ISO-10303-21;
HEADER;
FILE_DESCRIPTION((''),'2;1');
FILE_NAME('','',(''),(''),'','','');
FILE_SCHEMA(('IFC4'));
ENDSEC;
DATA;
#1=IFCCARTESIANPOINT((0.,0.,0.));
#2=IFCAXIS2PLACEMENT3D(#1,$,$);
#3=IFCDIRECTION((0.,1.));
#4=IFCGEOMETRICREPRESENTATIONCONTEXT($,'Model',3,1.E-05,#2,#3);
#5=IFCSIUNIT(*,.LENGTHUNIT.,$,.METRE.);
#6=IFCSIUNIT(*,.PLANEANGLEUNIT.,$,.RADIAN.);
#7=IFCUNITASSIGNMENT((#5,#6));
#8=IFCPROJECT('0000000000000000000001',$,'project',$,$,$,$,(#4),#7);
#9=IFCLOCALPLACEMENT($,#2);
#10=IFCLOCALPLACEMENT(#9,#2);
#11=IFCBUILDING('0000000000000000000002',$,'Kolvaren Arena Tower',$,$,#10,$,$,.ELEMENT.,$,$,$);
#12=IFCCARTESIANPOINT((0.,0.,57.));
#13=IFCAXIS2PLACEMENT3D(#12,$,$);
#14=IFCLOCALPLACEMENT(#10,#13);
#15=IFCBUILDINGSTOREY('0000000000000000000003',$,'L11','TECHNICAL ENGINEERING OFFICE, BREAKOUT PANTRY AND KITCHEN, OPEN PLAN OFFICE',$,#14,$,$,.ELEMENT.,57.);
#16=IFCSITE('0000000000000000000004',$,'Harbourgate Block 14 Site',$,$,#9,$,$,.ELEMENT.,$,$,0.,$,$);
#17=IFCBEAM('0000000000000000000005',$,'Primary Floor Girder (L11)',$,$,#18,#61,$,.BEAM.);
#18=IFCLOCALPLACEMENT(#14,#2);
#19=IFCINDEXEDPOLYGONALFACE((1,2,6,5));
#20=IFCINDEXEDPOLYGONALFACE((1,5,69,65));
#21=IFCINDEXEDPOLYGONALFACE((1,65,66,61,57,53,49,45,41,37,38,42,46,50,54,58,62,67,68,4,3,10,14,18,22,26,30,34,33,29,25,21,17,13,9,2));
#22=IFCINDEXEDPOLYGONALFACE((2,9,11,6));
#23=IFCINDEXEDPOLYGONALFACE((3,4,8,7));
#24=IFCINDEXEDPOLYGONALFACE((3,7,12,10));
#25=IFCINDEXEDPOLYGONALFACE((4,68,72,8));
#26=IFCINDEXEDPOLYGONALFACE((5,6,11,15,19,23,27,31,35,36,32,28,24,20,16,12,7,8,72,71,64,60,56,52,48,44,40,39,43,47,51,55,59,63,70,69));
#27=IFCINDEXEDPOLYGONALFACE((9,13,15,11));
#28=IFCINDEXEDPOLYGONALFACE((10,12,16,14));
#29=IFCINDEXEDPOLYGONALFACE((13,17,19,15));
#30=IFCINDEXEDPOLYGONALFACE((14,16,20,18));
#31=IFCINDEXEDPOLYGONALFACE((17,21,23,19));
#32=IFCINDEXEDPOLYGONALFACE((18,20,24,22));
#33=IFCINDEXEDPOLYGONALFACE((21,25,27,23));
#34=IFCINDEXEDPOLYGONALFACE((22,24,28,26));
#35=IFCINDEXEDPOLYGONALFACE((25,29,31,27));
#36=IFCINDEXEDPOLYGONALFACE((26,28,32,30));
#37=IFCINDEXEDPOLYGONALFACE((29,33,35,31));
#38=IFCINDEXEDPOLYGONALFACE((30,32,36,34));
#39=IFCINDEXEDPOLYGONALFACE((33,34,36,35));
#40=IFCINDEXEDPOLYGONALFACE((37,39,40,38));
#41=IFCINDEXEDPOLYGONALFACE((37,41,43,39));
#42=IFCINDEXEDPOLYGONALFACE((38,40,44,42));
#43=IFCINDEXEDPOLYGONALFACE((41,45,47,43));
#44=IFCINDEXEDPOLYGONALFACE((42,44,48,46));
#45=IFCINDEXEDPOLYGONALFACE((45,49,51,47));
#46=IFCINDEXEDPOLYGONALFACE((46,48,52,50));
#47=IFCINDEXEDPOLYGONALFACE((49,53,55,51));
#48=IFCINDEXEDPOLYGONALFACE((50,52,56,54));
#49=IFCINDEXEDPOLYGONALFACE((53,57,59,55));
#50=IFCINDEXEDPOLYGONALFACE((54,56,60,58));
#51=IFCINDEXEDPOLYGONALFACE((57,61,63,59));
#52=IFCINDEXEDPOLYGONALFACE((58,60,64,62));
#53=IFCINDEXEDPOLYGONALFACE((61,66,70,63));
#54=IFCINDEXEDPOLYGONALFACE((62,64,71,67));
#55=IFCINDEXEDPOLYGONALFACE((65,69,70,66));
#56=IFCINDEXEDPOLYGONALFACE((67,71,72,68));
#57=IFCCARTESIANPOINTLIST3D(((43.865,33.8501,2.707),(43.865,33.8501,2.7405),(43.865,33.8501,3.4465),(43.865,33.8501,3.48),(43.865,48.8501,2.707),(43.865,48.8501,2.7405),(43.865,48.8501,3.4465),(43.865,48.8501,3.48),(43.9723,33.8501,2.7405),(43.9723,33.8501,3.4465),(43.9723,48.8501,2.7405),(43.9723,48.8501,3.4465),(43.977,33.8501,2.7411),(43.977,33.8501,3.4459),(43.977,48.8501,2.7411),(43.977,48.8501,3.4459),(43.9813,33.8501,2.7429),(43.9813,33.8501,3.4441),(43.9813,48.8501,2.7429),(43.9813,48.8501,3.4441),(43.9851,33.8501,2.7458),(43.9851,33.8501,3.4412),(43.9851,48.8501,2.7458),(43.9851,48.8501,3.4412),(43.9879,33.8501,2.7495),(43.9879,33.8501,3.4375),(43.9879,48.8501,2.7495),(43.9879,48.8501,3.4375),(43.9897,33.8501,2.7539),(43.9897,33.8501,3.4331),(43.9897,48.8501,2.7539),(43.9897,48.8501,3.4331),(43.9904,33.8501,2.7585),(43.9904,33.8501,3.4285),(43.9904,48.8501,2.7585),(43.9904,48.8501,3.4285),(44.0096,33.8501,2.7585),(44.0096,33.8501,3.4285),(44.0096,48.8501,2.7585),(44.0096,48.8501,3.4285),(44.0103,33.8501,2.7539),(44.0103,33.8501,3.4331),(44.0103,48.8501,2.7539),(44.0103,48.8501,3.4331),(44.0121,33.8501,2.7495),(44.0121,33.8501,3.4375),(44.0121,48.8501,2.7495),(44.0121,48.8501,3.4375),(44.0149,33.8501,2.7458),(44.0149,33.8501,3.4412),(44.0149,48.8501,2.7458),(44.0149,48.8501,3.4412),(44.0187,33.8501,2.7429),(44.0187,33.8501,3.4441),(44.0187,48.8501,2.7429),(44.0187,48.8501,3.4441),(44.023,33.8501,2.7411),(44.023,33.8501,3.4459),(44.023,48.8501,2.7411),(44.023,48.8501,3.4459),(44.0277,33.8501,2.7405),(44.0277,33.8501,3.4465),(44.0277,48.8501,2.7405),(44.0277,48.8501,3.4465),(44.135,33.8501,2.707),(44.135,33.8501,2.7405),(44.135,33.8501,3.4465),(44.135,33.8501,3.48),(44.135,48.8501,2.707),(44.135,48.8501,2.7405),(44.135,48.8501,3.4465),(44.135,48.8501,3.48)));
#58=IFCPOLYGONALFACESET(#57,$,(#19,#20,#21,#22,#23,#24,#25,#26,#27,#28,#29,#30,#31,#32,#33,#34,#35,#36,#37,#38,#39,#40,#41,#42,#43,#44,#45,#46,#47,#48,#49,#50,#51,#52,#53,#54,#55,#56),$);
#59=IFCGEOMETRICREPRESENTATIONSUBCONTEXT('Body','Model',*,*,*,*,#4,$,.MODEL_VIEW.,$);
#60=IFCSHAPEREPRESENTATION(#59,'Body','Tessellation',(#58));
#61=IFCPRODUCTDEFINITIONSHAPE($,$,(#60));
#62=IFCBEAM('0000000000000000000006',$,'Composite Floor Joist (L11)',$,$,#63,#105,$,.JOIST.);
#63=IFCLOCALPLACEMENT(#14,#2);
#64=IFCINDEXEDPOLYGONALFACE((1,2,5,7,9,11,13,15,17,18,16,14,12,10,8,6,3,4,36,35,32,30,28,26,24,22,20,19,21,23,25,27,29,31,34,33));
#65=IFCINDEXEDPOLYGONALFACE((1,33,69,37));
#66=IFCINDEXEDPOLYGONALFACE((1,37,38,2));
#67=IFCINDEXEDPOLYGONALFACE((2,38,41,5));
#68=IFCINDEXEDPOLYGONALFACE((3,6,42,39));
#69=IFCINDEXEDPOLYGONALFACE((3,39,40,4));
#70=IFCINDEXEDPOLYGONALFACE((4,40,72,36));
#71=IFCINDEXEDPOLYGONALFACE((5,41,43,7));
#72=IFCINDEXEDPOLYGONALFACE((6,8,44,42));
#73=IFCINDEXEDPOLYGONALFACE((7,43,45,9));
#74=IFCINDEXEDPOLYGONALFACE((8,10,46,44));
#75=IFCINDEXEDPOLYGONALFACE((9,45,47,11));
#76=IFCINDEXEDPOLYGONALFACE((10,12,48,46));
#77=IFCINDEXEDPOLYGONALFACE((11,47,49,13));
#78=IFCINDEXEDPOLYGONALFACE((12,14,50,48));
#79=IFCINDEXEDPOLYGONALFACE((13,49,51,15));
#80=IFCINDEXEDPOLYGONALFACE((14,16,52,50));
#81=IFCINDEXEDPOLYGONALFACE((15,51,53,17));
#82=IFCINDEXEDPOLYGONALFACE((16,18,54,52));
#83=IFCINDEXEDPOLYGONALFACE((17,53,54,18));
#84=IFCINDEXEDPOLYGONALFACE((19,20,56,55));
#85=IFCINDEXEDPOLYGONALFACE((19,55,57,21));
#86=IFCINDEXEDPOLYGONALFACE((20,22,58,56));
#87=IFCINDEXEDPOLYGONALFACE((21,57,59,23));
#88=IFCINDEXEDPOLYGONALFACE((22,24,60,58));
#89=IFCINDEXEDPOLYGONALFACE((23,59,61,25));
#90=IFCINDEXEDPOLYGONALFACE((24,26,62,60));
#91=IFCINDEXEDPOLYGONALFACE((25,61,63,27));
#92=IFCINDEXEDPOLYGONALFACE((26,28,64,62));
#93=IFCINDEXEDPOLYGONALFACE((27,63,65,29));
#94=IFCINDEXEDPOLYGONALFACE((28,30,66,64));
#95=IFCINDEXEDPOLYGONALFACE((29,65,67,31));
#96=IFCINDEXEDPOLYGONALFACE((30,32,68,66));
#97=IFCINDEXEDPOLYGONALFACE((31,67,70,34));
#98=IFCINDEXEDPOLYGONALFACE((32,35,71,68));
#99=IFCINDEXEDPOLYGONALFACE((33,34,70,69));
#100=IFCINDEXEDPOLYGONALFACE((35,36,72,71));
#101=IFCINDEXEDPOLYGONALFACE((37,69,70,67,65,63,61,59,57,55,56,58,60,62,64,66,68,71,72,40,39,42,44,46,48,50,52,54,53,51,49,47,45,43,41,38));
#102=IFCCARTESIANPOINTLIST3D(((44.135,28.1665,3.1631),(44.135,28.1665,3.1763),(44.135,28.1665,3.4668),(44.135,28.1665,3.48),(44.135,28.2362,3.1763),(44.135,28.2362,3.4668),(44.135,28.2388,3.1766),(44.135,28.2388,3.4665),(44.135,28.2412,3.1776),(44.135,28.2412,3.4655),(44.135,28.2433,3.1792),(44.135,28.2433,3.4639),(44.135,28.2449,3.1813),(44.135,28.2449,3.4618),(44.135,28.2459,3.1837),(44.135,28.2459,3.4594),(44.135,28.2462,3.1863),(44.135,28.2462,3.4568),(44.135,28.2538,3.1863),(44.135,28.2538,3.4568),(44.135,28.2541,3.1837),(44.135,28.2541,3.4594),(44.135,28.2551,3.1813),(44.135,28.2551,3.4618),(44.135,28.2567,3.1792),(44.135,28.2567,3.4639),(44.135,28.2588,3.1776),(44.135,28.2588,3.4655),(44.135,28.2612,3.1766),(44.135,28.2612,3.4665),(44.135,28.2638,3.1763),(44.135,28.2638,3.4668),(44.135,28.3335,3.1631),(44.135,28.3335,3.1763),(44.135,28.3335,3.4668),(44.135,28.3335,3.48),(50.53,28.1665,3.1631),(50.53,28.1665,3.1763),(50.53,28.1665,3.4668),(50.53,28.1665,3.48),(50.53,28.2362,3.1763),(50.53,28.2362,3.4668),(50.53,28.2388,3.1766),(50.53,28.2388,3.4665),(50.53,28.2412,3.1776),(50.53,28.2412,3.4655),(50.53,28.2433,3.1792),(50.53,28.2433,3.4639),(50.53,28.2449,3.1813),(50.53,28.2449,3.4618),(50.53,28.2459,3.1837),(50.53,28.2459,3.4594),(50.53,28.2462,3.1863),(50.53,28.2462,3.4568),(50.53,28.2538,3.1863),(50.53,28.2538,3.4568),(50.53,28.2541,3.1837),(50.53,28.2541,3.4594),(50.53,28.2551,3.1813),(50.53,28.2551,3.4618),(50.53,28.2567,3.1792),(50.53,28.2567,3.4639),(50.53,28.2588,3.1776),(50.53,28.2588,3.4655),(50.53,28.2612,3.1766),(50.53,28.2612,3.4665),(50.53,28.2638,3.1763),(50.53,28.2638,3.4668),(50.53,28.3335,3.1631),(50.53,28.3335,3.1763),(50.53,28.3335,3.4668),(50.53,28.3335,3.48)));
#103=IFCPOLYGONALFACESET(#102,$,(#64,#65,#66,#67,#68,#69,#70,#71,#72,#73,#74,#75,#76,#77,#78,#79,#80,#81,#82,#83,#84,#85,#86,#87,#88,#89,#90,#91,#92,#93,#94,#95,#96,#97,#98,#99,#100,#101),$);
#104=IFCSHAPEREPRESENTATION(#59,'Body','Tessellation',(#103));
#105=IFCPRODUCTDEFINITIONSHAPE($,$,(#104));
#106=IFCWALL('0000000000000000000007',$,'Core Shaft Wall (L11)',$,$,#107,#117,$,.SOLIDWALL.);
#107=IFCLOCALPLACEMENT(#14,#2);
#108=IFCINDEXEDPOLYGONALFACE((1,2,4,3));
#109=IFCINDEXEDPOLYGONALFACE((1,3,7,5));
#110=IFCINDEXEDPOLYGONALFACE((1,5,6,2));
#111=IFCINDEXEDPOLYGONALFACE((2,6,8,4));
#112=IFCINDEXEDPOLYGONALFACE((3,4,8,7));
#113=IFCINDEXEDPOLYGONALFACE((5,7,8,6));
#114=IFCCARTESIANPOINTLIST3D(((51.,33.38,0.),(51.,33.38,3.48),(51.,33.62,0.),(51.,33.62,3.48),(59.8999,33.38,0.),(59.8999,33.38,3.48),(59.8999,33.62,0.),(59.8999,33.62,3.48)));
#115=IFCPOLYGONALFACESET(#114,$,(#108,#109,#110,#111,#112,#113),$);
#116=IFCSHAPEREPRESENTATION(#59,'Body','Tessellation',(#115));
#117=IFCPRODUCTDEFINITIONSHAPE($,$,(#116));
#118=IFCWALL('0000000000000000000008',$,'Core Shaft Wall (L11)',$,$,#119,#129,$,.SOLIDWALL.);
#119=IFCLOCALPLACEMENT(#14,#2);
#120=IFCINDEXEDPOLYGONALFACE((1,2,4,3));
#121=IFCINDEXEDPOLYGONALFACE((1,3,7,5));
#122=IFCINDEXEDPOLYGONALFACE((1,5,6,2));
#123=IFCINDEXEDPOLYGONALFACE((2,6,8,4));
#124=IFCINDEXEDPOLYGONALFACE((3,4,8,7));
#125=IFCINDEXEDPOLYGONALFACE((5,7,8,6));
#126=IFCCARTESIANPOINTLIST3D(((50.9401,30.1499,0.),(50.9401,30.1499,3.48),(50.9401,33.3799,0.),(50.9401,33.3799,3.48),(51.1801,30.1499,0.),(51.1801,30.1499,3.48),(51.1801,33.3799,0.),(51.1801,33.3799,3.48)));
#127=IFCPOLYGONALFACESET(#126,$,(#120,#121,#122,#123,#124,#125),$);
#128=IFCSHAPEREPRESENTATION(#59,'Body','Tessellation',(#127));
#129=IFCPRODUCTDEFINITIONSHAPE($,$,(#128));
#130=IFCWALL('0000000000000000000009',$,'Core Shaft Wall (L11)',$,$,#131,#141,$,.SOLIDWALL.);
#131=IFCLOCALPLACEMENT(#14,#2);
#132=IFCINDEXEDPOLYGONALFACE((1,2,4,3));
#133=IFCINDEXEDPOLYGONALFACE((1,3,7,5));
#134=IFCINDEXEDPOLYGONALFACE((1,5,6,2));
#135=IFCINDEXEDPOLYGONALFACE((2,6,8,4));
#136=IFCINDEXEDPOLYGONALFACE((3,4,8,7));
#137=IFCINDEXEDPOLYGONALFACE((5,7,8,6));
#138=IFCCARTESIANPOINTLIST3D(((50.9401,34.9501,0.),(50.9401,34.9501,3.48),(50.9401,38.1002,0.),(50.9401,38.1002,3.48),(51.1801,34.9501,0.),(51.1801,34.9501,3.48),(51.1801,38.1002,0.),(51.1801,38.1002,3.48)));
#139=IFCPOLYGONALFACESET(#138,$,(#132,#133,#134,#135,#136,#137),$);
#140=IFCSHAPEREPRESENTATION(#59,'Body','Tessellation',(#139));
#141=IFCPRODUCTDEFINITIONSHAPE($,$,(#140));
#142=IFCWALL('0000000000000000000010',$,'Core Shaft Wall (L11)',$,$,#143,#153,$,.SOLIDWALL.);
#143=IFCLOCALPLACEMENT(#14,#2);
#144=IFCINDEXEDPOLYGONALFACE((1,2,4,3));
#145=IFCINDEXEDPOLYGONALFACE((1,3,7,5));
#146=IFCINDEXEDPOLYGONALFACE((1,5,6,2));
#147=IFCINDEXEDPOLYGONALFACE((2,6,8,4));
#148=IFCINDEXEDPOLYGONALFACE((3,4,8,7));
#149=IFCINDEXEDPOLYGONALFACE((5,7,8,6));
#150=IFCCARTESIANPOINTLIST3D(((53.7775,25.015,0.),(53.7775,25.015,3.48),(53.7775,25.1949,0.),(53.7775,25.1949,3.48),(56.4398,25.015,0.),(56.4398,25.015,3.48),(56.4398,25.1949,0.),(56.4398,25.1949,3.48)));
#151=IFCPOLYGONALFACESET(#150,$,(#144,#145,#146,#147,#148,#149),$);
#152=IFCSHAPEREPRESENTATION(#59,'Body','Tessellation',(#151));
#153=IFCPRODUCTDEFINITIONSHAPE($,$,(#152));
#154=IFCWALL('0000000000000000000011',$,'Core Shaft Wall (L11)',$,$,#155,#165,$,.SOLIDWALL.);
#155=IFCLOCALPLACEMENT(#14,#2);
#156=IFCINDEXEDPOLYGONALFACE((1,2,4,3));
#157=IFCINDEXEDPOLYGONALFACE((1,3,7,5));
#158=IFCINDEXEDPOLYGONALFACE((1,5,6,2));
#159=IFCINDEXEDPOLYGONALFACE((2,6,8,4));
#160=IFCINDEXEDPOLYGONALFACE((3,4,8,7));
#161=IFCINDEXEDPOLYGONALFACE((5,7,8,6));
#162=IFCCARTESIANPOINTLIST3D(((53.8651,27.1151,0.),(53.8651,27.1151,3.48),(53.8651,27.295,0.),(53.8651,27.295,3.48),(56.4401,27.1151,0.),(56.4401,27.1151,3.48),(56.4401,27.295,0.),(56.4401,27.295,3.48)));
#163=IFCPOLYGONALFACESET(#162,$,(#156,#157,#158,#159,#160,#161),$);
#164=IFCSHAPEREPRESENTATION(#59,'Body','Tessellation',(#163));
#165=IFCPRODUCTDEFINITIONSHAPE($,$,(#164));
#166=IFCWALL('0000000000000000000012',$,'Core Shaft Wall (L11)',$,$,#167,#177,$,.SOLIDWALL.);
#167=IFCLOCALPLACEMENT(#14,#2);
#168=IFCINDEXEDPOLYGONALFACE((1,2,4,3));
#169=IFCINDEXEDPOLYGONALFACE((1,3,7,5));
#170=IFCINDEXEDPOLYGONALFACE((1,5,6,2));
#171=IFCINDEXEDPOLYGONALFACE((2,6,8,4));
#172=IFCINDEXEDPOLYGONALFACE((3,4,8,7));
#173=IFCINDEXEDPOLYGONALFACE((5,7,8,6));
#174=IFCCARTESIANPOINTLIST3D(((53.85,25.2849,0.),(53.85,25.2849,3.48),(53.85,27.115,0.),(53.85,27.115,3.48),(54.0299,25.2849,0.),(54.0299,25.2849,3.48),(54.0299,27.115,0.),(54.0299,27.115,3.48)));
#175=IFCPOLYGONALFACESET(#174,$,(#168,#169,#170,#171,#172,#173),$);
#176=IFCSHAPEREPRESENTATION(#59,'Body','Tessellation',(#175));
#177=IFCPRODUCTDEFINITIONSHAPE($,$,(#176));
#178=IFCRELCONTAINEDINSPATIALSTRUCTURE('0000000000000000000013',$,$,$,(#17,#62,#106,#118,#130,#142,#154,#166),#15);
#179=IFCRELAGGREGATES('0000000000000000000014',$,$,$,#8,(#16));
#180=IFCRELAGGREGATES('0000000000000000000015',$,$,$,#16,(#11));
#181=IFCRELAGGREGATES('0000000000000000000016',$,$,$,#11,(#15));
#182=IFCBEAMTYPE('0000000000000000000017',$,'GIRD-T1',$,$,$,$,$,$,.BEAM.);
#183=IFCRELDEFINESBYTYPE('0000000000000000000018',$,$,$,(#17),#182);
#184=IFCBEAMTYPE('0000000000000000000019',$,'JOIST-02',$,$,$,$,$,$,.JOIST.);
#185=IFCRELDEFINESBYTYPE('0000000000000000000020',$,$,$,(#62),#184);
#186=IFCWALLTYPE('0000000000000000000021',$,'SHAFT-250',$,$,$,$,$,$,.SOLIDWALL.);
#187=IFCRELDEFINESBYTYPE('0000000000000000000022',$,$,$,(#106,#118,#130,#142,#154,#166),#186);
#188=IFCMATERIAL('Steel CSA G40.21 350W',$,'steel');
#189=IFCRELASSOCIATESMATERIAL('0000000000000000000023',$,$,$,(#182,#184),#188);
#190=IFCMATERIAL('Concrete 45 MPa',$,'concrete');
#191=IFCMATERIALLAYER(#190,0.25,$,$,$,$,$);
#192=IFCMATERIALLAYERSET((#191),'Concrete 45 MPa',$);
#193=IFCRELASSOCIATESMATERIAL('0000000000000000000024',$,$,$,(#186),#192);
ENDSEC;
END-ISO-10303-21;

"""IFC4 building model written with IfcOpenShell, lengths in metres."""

from ifc_helpers import new_model, si_unit, direction, frame, frame_2d, origin, origin_2d, place, context, subcontext, project, spatial, rectangle, i_section, extrude, material, layer, layer_set, material_profile, profile_set, type_object, element, save


model = new_model("IFC4")

# Units and contexts
model_context = context("Model", 3, precision=1e-05, world=origin(), true_north=direction((0.0, 1.0)))
body_context = subcontext(model_context, "Body", "Model", "MODEL_VIEW")
ifc_project = project(units=[si_unit("LENGTHUNIT", "METRE"), si_unit("PLANEANGLEUNIT", "RADIAN")], contexts=[model_context])

# Site, building, storey
site_placement = place(None, origin())
site = spatial("IfcSite", under=ifc_project, at=site_placement, Name="Harbourgate Block 14 Site", CompositionType="ELEMENT", RefElevation=0.0)
building_placement = place(site_placement, origin())
building = spatial("IfcBuilding", under=site, at=building_placement, Name="Kolvaren Arena Tower", CompositionType="ELEMENT")
storey_placement = place(building_placement, frame((0.0, 0.0, 57.0)))
storey = spatial("IfcBuildingStorey", under=building, at=storey_placement, Name="L11", Description="TECHNICAL ENGINEERING OFFICE, BREAKOUT PANTRY AND KITCHEN, OPEN PLAN OFFICE", CompositionType="ELEMENT", Elevation=57.0)

# Beams
ifc_material_1 = material(Name="Steel CSA G40.21 350W", Category="steel")
ifc_material_profile_1 = material_profile(ifc_material_1, i_section(OverallWidth=0.27, OverallDepth=0.7729, WebThickness=0.0193, FlangeThickness=0.0334, FilletRadius=0.0181, at=origin_2d()), Name="W760x257")
ifc_profile_set_1 = profile_set([ifc_material_profile_1], Name="Steel CSA G40.21 350W")
beam_type_1 = type_object("IfcBeamType", Name="GIRD-T1", PredefinedType="BEAM", material=ifc_profile_set_1)
beam_1_placement = place(storey_placement, frame((44.0, 33.8501, 3.0935), z_axis=(0.0, 1.0, 0.0), x_axis=(-1.0, 0.0, 0.0)))
element("IfcBeam", 1, at=beam_1_placement, inside=storey, type_object=beam_type_1, Name="Primary Floor Girder (L11)", PredefinedType="BEAM", context=body_context, shape_type="SweptSolid", body=[
    extrude(i_section(OverallWidth=0.27, OverallDepth=0.7729, WebThickness=0.0193, FlangeThickness=0.0334, FilletRadius=0.0181, at=origin_2d()), origin(), (0.0, 0.0, 1.0), 15.0),
])
ifc_material_profile_2 = material_profile(ifc_material_1, i_section(OverallWidth=0.167, OverallDepth=0.3169, WebThickness=0.0076, FlangeThickness=0.0132, FilletRadius=0.01, at=origin_2d()), Name="W310x52")
ifc_profile_set_2 = profile_set([ifc_material_profile_2], Name="Steel CSA G40.21 350W")
beam_type_2 = type_object("IfcBeamType", Name="JOIST-02", PredefinedType="JOIST", material=ifc_profile_set_2)
beam_2_placement = place(storey_placement, frame((44.135, 28.25, 3.3215), z_axis=(1.0, 0.0, 0.0), x_axis=(0.0, 1.0, 0.0)))
element("IfcBeam", 2, at=beam_2_placement, inside=storey, type_object=beam_type_2, Name="Composite Floor Joist (L11)", PredefinedType="JOIST", context=body_context, shape_type="SweptSolid", body=[
    extrude(i_section(OverallWidth=0.167, OverallDepth=0.3169, WebThickness=0.0076, FlangeThickness=0.0132, FilletRadius=0.01, at=origin_2d()), origin(), (0.0, 0.0, 1.0), 6.395),
])

# Walls
ifc_material_2 = material(Name="Concrete 45 MPa", Category="concrete")
ifc_layer = layer(ifc_material_2, 0.25)
ifc_layer_set = layer_set([ifc_layer], Name="Concrete 45 MPa")
wall_type = type_object("IfcWallType", Name="SHAFT-250", PredefinedType="SOLIDWALL", material=ifc_layer_set)
wall_1_placement = place(storey_placement, frame((51.0, 33.5, 0.0), z_axis=(0.0, 0.0, 1.0), x_axis=(1.0, 0.0, 0.0)))
element("IfcWall", 3, at=wall_1_placement, inside=storey, type_object=wall_type, Name="Core Shaft Wall (L11)", PredefinedType="SOLIDWALL", context=body_context, shape_type="SweptSolid", body=[
    extrude(rectangle(XDim=8.8999, YDim=0.24, at=frame_2d((4.45, 0.0))), origin(), (0.0, 0.0, 1.0), 3.48),
])
wall_2_placement = place(storey_placement, frame((51.0601, 30.1499, 0.0), z_axis=(0.0, 0.0, 1.0), x_axis=(0.0, 1.0, 0.0)))
element("IfcWall", 4, at=wall_2_placement, inside=storey, type_object=wall_type, Name="Core Shaft Wall (L11)", PredefinedType="SOLIDWALL", context=body_context, shape_type="SweptSolid", body=[
    extrude(rectangle(XDim=3.23, YDim=0.24, at=frame_2d((1.615, 0.0))), origin(), (0.0, 0.0, 1.0), 3.48),
])
wall_3_placement = place(storey_placement, frame((51.0601, 34.95, 0.0), z_axis=(0.0, 0.0, 1.0), x_axis=(0.0, 1.0, 0.0)))
element("IfcWall", 5, at=wall_3_placement, inside=storey, type_object=wall_type, Name="Core Shaft Wall (L11)", PredefinedType="SOLIDWALL", context=body_context, shape_type="SweptSolid", body=[
    extrude(rectangle(XDim=3.1501, YDim=0.24, at=frame_2d((1.5752, 0.0))), origin(), (0.0, 0.0, 1.0), 3.48),
])
wall_4_placement = place(storey_placement, frame((53.7776, 25.105, 0.0), z_axis=(0.0, 0.0, 1.0), x_axis=(1.0, 0.0, 0.0)))
element("IfcWall", 6, at=wall_4_placement, inside=storey, type_object=wall_type, Name="Core Shaft Wall (L11)", PredefinedType="SOLIDWALL", context=body_context, shape_type="SweptSolid", body=[
    extrude(rectangle(XDim=2.6624, YDim=0.1799, at=frame_2d((1.3311, 0.0))), origin(), (0.0, 0.0, 1.0), 3.48),
])
wall_5_placement = place(storey_placement, frame((53.865, 27.2051, 0.0), z_axis=(0.0, 0.0, 1.0), x_axis=(1.0, 0.0, 0.0)))
element("IfcWall", 7, at=wall_5_placement, inside=storey, type_object=wall_type, Name="Core Shaft Wall (L11)", PredefinedType="SOLIDWALL", context=body_context, shape_type="SweptSolid", body=[
    extrude(rectangle(XDim=2.575, YDim=0.1799, at=frame_2d((1.2876, 0.0))), origin(), (0.0, 0.0, 1.0), 3.48),
])
wall_6_placement = place(storey_placement, frame((53.9399, 25.2849, 0.0), z_axis=(0.0, 0.0, 1.0), x_axis=(0.0, 1.0, 0.0)))
element("IfcWall", 8, at=wall_6_placement, inside=storey, type_object=wall_type, Name="Core Shaft Wall (L11)", PredefinedType="SOLIDWALL", context=body_context, shape_type="SweptSolid", body=[
    extrude(rectangle(XDim=1.8301, YDim=0.1799, at=frame_2d((0.915, 0.0))), origin(), (0.0, 0.0, 1.0), 3.48),
])

save(model, "model.ifc")
